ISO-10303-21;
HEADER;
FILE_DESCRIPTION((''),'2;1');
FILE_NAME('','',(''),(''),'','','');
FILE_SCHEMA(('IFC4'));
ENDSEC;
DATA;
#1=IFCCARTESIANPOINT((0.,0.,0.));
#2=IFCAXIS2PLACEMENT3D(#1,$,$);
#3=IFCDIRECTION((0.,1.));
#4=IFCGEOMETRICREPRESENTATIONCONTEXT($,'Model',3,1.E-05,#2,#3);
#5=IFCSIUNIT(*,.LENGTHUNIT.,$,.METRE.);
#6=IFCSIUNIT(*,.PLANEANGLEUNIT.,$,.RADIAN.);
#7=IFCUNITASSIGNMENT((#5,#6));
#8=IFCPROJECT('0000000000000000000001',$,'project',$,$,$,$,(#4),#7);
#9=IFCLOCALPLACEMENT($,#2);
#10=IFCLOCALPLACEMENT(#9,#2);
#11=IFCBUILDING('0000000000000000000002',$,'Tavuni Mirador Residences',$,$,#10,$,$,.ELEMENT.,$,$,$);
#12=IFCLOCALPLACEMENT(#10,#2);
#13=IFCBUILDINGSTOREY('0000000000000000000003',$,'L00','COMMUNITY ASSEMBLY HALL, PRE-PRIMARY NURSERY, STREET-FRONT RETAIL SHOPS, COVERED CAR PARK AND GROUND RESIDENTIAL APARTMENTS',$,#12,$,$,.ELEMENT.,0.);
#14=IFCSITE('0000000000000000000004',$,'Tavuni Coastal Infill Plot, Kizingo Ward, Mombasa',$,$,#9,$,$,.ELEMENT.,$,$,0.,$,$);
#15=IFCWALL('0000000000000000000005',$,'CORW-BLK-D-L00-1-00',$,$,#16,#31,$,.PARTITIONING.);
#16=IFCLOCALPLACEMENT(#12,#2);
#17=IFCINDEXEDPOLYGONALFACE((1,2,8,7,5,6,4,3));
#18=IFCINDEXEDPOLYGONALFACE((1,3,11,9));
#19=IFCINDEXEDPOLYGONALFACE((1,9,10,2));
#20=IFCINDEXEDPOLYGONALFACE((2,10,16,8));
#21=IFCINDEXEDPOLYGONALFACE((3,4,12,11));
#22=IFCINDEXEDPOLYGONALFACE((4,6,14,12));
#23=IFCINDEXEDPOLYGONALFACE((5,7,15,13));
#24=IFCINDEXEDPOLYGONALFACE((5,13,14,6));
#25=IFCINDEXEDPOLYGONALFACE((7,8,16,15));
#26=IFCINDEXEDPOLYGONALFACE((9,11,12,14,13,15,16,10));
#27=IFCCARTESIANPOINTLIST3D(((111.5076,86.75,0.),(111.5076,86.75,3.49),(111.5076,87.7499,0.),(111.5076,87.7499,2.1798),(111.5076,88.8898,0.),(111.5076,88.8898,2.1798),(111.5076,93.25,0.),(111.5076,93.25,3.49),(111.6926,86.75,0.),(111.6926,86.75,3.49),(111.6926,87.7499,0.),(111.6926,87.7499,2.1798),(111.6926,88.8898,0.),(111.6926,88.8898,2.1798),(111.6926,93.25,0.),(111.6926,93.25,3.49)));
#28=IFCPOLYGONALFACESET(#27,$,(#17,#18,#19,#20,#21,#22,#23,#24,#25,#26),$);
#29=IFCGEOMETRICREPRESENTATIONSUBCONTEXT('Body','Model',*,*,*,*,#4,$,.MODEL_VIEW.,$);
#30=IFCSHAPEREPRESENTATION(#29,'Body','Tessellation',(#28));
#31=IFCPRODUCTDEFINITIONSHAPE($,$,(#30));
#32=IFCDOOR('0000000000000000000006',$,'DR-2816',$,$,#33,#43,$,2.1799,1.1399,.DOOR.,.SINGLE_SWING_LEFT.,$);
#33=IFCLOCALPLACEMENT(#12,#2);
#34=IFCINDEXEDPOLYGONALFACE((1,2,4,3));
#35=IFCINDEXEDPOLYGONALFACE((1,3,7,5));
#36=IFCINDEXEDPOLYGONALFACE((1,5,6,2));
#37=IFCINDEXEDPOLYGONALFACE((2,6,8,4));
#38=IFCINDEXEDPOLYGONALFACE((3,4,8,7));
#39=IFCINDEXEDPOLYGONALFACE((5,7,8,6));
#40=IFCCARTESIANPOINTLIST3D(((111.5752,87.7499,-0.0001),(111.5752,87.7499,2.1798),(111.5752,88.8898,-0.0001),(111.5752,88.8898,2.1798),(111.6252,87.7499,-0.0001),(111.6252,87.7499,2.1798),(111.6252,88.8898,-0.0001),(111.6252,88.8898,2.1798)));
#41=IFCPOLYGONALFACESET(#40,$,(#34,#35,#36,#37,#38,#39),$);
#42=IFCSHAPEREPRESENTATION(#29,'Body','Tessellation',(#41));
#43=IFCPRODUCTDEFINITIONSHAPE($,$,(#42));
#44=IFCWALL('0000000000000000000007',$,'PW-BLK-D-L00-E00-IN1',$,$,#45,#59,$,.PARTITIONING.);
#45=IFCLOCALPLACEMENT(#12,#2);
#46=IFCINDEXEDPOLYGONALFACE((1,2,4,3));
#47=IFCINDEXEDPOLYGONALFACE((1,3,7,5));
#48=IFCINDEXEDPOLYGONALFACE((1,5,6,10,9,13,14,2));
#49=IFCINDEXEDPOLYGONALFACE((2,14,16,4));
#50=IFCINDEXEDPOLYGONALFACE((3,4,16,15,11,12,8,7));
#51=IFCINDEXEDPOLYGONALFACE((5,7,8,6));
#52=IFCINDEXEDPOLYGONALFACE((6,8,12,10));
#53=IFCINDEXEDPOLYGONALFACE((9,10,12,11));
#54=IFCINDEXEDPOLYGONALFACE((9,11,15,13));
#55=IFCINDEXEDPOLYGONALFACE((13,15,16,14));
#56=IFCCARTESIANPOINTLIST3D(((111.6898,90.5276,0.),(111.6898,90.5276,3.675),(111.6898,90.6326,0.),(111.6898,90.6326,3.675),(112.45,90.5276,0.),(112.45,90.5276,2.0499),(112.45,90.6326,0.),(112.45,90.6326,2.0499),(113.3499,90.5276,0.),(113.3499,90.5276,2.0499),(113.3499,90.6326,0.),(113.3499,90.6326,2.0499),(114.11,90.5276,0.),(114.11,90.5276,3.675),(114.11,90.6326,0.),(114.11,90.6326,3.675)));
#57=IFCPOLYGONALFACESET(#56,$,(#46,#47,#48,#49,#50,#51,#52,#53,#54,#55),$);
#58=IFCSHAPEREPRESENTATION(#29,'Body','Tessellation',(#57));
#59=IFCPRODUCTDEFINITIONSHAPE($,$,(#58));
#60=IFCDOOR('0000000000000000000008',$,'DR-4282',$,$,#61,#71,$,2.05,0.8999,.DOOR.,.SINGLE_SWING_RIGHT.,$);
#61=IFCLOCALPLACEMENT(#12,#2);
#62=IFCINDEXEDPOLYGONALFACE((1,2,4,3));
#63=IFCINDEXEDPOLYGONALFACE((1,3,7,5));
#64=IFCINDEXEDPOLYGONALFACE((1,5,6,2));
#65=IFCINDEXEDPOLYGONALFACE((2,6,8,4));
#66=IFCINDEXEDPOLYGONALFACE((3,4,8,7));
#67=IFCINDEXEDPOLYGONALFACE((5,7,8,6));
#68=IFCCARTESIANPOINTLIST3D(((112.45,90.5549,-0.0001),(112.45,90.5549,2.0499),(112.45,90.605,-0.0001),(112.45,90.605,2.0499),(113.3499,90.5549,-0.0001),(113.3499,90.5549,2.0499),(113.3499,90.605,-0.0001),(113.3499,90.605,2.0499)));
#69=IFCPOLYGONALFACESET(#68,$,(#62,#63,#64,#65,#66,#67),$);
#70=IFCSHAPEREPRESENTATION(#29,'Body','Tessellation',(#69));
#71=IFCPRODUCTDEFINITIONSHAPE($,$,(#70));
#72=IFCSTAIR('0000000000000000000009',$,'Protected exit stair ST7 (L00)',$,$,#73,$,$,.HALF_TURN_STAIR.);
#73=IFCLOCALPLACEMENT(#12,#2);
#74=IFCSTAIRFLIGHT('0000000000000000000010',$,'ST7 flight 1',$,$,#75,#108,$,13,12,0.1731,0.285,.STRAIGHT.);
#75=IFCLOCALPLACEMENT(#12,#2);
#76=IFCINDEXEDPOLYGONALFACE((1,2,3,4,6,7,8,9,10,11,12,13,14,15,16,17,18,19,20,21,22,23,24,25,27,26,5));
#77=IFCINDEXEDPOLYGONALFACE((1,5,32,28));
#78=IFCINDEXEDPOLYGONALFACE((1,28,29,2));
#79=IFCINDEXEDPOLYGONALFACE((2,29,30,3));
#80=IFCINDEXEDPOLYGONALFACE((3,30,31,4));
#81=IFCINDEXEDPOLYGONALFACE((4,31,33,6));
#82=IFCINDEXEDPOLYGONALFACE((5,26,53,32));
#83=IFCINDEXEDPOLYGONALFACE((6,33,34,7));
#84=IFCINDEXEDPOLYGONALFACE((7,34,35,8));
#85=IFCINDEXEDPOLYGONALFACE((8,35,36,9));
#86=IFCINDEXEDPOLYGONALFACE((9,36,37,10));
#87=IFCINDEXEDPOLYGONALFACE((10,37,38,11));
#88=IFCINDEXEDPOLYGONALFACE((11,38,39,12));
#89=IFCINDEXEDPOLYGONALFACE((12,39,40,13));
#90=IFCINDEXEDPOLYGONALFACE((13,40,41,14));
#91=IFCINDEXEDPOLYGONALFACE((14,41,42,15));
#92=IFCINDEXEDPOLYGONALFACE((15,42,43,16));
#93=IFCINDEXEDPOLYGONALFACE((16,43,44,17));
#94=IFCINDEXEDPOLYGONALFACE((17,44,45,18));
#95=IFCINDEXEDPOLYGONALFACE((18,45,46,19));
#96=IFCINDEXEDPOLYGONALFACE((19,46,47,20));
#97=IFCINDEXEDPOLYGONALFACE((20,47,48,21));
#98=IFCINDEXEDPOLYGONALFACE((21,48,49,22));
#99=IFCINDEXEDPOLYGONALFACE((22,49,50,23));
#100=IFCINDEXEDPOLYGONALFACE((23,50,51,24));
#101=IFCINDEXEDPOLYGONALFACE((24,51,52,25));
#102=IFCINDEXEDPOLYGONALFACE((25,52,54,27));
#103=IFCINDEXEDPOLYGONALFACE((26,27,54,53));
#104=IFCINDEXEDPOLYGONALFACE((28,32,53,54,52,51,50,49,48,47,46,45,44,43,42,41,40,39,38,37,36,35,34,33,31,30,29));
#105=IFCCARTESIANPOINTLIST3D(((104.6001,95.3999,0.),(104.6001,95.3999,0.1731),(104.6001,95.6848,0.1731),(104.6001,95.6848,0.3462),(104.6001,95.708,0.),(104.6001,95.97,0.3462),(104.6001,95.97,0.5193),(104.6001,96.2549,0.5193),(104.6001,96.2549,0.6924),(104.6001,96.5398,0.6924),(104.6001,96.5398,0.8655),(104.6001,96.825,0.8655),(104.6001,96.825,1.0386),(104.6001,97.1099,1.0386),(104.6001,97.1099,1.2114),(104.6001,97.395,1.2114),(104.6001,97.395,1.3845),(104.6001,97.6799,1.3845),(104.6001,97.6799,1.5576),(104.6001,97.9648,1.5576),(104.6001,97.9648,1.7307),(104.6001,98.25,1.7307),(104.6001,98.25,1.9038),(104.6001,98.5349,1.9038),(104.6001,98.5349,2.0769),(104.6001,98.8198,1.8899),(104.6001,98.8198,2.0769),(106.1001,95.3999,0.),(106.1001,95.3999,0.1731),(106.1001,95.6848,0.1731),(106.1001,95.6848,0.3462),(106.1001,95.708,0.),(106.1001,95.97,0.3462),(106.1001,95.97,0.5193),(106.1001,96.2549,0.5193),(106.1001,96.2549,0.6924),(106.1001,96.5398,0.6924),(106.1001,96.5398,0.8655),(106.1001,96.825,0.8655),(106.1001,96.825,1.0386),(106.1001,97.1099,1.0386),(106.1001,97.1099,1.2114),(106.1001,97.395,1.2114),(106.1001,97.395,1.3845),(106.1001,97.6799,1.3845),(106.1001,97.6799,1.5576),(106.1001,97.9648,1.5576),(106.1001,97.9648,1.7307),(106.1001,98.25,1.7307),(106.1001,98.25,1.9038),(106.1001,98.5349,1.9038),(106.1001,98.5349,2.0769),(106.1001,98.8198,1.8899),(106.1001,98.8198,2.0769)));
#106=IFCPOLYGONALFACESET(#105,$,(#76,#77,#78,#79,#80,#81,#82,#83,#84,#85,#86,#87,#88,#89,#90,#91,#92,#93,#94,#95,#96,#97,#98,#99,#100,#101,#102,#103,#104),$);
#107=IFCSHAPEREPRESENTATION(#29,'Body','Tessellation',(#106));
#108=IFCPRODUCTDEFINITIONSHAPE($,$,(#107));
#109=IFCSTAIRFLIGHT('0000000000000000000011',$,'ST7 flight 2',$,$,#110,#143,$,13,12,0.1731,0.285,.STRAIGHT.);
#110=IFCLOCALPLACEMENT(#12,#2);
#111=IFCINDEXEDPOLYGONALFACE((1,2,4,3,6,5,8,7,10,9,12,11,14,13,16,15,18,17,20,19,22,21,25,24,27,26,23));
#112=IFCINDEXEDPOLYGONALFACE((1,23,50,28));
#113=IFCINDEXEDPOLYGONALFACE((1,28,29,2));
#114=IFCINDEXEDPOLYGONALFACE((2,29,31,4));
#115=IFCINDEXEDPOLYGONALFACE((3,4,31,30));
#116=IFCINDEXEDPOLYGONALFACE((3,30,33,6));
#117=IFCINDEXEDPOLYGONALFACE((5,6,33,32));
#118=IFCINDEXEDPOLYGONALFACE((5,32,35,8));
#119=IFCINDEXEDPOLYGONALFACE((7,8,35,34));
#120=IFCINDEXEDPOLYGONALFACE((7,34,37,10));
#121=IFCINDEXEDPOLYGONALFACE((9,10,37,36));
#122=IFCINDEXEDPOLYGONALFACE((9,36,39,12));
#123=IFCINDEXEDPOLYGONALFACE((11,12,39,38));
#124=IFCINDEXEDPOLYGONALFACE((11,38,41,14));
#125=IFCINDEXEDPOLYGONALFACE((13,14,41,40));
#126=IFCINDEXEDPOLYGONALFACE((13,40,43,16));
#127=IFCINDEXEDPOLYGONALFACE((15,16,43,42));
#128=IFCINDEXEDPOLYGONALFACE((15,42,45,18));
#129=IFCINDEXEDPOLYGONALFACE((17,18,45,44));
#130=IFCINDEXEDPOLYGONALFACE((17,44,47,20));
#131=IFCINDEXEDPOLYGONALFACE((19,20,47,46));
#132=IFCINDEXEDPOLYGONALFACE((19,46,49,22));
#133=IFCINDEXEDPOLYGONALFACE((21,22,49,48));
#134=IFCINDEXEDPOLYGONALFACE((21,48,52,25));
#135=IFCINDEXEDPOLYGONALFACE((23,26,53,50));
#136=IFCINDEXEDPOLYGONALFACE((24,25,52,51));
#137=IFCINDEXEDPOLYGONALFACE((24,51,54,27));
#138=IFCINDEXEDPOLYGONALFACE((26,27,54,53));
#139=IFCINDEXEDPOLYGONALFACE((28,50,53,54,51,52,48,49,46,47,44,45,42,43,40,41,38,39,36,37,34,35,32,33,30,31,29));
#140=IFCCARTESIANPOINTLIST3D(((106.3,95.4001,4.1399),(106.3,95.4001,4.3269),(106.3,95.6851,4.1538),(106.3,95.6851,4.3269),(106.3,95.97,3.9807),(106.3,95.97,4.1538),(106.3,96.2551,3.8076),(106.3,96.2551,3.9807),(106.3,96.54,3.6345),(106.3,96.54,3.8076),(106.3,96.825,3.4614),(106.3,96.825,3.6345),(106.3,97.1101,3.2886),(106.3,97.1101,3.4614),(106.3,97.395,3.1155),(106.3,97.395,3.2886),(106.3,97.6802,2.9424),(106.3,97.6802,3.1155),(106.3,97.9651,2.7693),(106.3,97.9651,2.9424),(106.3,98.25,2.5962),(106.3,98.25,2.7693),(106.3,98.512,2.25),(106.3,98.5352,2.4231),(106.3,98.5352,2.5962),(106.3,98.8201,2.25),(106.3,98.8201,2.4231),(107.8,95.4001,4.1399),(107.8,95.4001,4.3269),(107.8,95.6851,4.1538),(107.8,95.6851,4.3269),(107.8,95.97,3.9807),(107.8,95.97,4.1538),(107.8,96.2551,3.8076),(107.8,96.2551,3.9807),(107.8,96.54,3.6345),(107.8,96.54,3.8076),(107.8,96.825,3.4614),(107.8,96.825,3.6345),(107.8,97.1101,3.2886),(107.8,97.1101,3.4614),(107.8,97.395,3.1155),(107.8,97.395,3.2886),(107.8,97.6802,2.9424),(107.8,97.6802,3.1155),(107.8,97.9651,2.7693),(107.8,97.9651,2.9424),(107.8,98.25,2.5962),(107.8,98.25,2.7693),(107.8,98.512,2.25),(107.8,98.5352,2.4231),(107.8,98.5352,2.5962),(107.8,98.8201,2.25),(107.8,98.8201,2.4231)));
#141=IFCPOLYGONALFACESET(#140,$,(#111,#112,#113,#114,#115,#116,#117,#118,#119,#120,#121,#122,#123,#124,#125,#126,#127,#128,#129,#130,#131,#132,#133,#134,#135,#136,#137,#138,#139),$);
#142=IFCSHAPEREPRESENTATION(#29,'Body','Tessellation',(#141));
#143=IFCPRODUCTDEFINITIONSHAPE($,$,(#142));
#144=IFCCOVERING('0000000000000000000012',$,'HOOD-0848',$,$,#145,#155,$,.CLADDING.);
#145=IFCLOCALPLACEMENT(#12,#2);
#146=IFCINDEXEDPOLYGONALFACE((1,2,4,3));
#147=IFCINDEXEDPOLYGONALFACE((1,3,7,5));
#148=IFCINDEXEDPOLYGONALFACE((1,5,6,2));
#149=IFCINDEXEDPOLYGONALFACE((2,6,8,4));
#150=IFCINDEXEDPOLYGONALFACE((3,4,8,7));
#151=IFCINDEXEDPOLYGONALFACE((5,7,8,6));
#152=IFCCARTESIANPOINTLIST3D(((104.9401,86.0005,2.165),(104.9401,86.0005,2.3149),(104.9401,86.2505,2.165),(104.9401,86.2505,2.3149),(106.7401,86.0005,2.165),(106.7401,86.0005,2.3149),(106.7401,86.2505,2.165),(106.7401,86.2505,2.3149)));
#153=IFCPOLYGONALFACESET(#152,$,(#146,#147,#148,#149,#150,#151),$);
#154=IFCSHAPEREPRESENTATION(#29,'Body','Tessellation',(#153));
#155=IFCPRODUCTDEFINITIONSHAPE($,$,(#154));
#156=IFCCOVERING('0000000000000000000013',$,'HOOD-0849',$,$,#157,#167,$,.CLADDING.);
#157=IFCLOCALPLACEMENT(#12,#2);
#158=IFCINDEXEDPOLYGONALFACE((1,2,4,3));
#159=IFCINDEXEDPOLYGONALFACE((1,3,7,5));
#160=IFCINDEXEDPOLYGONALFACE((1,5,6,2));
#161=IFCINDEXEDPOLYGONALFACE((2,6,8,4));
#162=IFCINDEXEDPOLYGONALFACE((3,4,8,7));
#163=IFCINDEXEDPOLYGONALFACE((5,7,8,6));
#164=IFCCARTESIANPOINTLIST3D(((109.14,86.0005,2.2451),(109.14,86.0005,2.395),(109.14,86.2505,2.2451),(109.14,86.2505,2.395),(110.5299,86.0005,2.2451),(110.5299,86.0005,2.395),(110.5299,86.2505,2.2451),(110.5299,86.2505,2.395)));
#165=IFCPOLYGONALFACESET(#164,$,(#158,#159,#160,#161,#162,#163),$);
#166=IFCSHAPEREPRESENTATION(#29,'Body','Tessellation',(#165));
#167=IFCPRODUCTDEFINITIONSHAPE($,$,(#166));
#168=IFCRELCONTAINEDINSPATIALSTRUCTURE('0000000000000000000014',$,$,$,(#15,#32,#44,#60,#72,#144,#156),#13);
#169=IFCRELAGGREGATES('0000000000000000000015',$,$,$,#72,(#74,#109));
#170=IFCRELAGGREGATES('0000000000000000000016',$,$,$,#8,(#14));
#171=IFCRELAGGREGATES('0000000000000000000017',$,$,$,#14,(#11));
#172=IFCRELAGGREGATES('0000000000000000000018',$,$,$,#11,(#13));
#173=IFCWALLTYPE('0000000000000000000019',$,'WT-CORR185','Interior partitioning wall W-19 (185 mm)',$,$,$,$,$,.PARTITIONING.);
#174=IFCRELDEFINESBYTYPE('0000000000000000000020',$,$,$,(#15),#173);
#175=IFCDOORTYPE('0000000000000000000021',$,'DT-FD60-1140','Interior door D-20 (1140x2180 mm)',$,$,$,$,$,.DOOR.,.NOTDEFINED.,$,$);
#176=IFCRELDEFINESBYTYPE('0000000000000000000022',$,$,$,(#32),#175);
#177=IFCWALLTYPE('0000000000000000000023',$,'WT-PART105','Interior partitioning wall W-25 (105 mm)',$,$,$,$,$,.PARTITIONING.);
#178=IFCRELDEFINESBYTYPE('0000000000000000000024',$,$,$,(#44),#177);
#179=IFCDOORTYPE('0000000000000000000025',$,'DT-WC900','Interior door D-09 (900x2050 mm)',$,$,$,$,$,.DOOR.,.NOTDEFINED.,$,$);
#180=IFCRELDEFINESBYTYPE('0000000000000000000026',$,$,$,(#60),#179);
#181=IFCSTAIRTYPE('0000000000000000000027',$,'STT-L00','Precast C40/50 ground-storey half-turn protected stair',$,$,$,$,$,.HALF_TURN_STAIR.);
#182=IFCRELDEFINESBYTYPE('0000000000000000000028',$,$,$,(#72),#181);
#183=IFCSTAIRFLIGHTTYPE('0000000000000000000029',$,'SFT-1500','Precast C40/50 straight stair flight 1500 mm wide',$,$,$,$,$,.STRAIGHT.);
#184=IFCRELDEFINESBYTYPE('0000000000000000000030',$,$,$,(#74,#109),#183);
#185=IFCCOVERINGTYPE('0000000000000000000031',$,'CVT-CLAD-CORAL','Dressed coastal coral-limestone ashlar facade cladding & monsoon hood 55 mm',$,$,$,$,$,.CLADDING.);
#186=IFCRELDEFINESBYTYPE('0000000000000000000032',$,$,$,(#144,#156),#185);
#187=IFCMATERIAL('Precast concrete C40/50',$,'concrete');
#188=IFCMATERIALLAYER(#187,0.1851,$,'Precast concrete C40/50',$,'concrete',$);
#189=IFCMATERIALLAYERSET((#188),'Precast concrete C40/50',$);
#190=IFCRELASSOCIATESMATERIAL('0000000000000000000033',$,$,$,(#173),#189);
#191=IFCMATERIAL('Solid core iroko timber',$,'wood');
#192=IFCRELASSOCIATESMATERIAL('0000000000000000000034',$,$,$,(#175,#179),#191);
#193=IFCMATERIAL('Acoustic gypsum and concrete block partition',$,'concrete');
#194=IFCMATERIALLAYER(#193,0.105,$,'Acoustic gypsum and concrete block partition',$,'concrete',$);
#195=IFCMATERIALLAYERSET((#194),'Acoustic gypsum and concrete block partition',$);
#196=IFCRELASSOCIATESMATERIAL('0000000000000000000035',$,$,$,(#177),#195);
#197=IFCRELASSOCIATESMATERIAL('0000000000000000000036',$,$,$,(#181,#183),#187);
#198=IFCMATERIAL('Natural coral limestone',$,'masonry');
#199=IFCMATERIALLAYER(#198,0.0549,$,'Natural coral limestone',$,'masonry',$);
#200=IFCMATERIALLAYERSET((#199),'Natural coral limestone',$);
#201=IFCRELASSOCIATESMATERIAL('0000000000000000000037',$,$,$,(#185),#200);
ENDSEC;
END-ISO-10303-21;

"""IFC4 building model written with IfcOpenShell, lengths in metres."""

from ifc_helpers import new_model, si_unit, direction, frame, frame_2d, origin, origin_2d, place, context, subcontext, project, spatial, polyline, rectangle, outline, extrude, material, layer, layer_set, type_object, element, fill, aggregate, save


model = new_model("IFC4")

# Units and contexts
model_context = context("Model", 3, precision=1e-05, world=origin(), true_north=direction((0.0, 1.0)))
body_context = subcontext(model_context, "Body", "Model", "MODEL_VIEW")
ifc_project = project(units=[si_unit("LENGTHUNIT", "METRE"), si_unit("PLANEANGLEUNIT", "RADIAN")], contexts=[model_context])

# Site, building, storey
site_placement = place(None, origin())
site = spatial("IfcSite", under=ifc_project, at=site_placement, Name="Tavuni Coastal Infill Plot, Kizingo Ward, Mombasa", CompositionType="ELEMENT", RefElevation=0.0)
building_placement = place(site_placement, origin())
building = spatial("IfcBuilding", under=site, at=building_placement, Name="Tavuni Mirador Residences", CompositionType="ELEMENT")
storey_placement = place(building_placement, origin())
storey = spatial("IfcBuildingStorey", under=building, at=storey_placement, Name="L00", Description="COMMUNITY ASSEMBLY HALL, PRE-PRIMARY NURSERY, STREET-FRONT RETAIL SHOPS, COVERED CAR PARK AND GROUND RESIDENTIAL APARTMENTS", CompositionType="ELEMENT", Elevation=0.0)

# Shared definitions
ifc_material_1 = material(Name="Precast concrete C40/50", Category="concrete")

# Shared definitions
ifc_material_2 = material(Name="Solid core iroko timber", Category="wood")

# Walls, openings, doors
ifc_layer_1 = layer(ifc_material_1, 0.1851, Name="Precast concrete C40/50", Category="concrete")
ifc_layer_set_1 = layer_set([ifc_layer_1], Name="Precast concrete C40/50")
wall_type_1 = type_object("IfcWallType", Name="WT-CORR185", Description="Interior partitioning wall W-19 (185 mm)", PredefinedType="PARTITIONING", material=ifc_layer_set_1)
wall_1_placement = place(storey_placement, frame((111.6001, 86.75, 0.0), z_axis=(0.0, 0.0, 1.0), x_axis=(0.0, 1.0, 0.0)))
wall_1 = element("IfcWall", 1, at=wall_1_placement, inside=storey, type_object=wall_type_1, Name="CORW-BLK-D-L00-1-00", PredefinedType="PARTITIONING", context=body_context, shape_type="SweptSolid", body=[
    extrude(rectangle(XDim=6.5, YDim=0.1851, at=frame_2d((3.25, 0.0))), origin(), (0.0, 0.0, 1.0), 3.49),
])
opening_1_placement = place(wall_1_placement, frame((1.0, 0.0, 0.0)))
opening_1 = element("IfcOpeningElement", 2, at=opening_1_placement, cuts=wall_1, PredefinedType="OPENING", context=body_context, shape_type="SweptSolid", body=[
    extrude(rectangle(XDim=1.1399, YDim=2.1799, at=frame_2d((0.5698, 1.0898))), frame((0.0, 0.1025, 0.0), z_axis=(0.0, -1.0, 0.0), x_axis=(1.0, 0.0, 0.0)), (0.0, 0.0, 1.0), 0.2051),
])
door_type_1 = type_object("IfcDoorType", Name="DT-FD60-1140", Description="Interior door D-20 (1140x2180 mm)", OperationType="NOTDEFINED", PredefinedType="DOOR", material=ifc_material_2)
door_1_placement = place(opening_1_placement, origin())
door_1 = element("IfcDoor", 3, at=door_1_placement, inside=storey, type_object=door_type_1, Name="DR-2816", OperationType="SINGLE_SWING_LEFT", OverallHeight=2.1799, OverallWidth=1.1399, PredefinedType="DOOR", context=body_context, shape_type="SweptSolid", body=[
    extrude(rectangle(XDim=1.1399, YDim=2.1799, at=frame_2d((0.5698, 1.0898))), frame((0.0, 0.0249, 0.0), z_axis=(0.0, -1.0, 0.0), x_axis=(1.0, 0.0, 0.0)), (0.0, 0.0, 1.0), 0.05),
])
fill(opening_1, door_1)
ifc_material_3 = material(Name="Acoustic gypsum and concrete block partition", Category="concrete")
ifc_layer_2 = layer(ifc_material_3, 0.105, Name="Acoustic gypsum and concrete block partition", Category="concrete")
ifc_layer_set_2 = layer_set([ifc_layer_2], Name="Acoustic gypsum and concrete block partition")
wall_type_2 = type_object("IfcWallType", Name="WT-PART105", Description="Interior partitioning wall W-25 (105 mm)", PredefinedType="PARTITIONING", material=ifc_layer_set_2)
wall_2_placement = place(storey_placement, frame((111.6899, 90.5801, 0.0), z_axis=(0.0, 0.0, 1.0), x_axis=(1.0, 0.0, 0.0)))
wall_2 = element("IfcWall", 4, at=wall_2_placement, inside=storey, type_object=wall_type_2, Name="PW-BLK-D-L00-E00-IN1", PredefinedType="PARTITIONING", context=body_context, shape_type="SweptSolid", body=[
    extrude(rectangle(XDim=2.4202, YDim=0.105, at=frame_2d((1.21, 0.0))), origin(), (0.0, 0.0, 1.0), 3.675),
])
opening_2_placement = place(wall_2_placement, frame((0.76, 0.0, 0.0)))
opening_2 = element("IfcOpeningElement", 5, at=opening_2_placement, cuts=wall_2, PredefinedType="OPENING", context=body_context, shape_type="SweptSolid", body=[
    extrude(rectangle(XDim=0.8999, YDim=2.05, at=frame_2d((0.45, 1.0249))), frame((0.0, 0.0625, 0.0), z_axis=(0.0, -1.0, 0.0), x_axis=(1.0, 0.0, 0.0)), (0.0, 0.0, 1.0), 0.125),
])
door_type_2 = type_object("IfcDoorType", Name="DT-WC900", Description="Interior door D-09 (900x2050 mm)", OperationType="NOTDEFINED", PredefinedType="DOOR", material=ifc_material_2)
door_2_placement = place(opening_2_placement, origin())
door_2 = element("IfcDoor", 6, at=door_2_placement, inside=storey, type_object=door_type_2, Name="DR-4282", OperationType="SINGLE_SWING_RIGHT", OverallHeight=2.05, OverallWidth=0.8999, PredefinedType="DOOR", context=body_context, shape_type="SweptSolid", body=[
    extrude(rectangle(XDim=0.8999, YDim=2.05, at=frame_2d((0.45, 1.0249))), frame((0.0, 0.0249, 0.0), z_axis=(0.0, -1.0, 0.0), x_axis=(1.0, 0.0, 0.0)), (0.0, 0.0, 1.0), 0.05),
])
fill(opening_2, door_2)

# Stair, stair flights
stair_type = type_object("IfcStairType", Name="STT-L00", Description="Precast C40/50 ground-storey half-turn protected stair", PredefinedType="HALF_TURN_STAIR", material=ifc_material_1)
stair_placement = place(storey_placement, origin())
stair = element("IfcStair", 7, at=stair_placement, inside=storey, type_object=stair_type, Name="Protected exit stair ST7 (L00)", PredefinedType="HALF_TURN_STAIR")
stair_flight_type = type_object("IfcStairFlightType", Name="SFT-1500", Description="Precast C40/50 straight stair flight 1500 mm wide", PredefinedType="STRAIGHT", material=ifc_material_1)
stair_flight_1_placement = place(storey_placement, frame((105.3501, 95.3999, 0.0), z_axis=(0.0, 0.0, 1.0), x_axis=(0.0, 1.0, 0.0)))
stair_flight_1 = element("IfcStairFlight", 8, at=stair_flight_1_placement, type_object=stair_flight_type, Name="ST7 flight 1", NumberOfRisers=13, NumberOfTreads=12, PredefinedType="STRAIGHT", RiserHeight=0.1731, TreadLength=0.285, context=body_context, shape_type="SweptSolid", body=[
    extrude(outline(polyline([(0.0, 0.0), (0.0, 0.1731), (0.2849, 0.1731), (0.2849, 0.3462), (0.5701, 0.3462), (0.5701, 0.5193), (0.855, 0.5193), (0.855, 0.6924), (1.1399, 0.6924), (1.1399, 0.8655), (1.425, 0.8655), (1.425, 1.0386), (1.71, 1.0386), (1.71, 1.2114), (1.9951, 1.2114), (1.9951, 1.3845), (2.28, 1.3845), (2.28, 1.5576), (2.5649, 1.5576), (2.5649, 1.7307), (2.8501, 1.7307), (2.8501, 1.9038), (3.135, 1.9038), (3.135, 2.0769), (3.4199, 2.0769), (3.4199, 2.25), (3.4199, 1.8899), (0.3081, 0.0), (0.0, 0.0)])), frame((0.0, 0.75, 0.0), z_axis=(0.0, -1.0, 0.0), x_axis=(1.0, 0.0, 0.0)), (0.0, 0.0, 1.0), 1.5),
])
stair_flight_2_placement = place(storey_placement, frame((107.05, 98.8201, 2.25), z_axis=(0.0, 0.0, 1.0), x_axis=(0.0, -1.0, 0.0)))
stair_flight_2 = element("IfcStairFlight", 9, at=stair_flight_2_placement, type_object=stair_flight_type, Name="ST7 flight 2", NumberOfRisers=13, NumberOfTreads=12, PredefinedType="STRAIGHT", RiserHeight=0.1731, TreadLength=0.285, context=body_context, shape_type="SweptSolid", body=[
    extrude(outline(polyline([(0.0, 0.0), (0.0, 0.1731), (0.2849, 0.1731), (0.2849, 0.3462), (0.5701, 0.3462), (0.5701, 0.5193), (0.855, 0.5193), (0.855, 0.6924), (1.1399, 0.6924), (1.1399, 0.8655), (1.425, 0.8655), (1.425, 1.0386), (1.71, 1.0386), (1.71, 1.2114), (1.9951, 1.2114), (1.9951, 1.3845), (2.28, 1.3845), (2.28, 1.5576), (2.5649, 1.5576), (2.5649, 1.7307), (2.8501, 1.7307), (2.8501, 1.9038), (3.135, 1.9038), (3.135, 2.0769), (3.4199, 2.0769), (3.4199, 2.25), (3.4199, 1.8899), (0.3081, 0.0), (0.0, 0.0)])), frame((0.0, 0.75, 0.0), z_axis=(0.0, -1.0, 0.0), x_axis=(1.0, 0.0, 0.0)), (0.0, 0.0, 1.0), 1.5),
])
aggregate(stair, [stair_flight_1, stair_flight_2])

# Coverings
ifc_material_4 = material(Name="Natural coral limestone", Category="masonry")
ifc_layer_3 = layer(ifc_material_4, 0.0549, Name="Natural coral limestone", Category="masonry")
ifc_layer_set_3 = layer_set([ifc_layer_3], Name="Natural coral limestone")
covering_type = type_object("IfcCoveringType", Name="CVT-CLAD-CORAL", Description="Dressed coastal coral-limestone ashlar facade cladding & monsoon hood 55 mm", PredefinedType="CLADDING", material=ifc_layer_set_3)
covering_1_placement = place(storey_placement, frame((105.8401, 86.1255, 2.165), z_axis=(0.0, 0.0, 1.0), x_axis=(1.0, 0.0, 0.0)))
element("IfcCovering", 10, at=covering_1_placement, inside=storey, type_object=covering_type, Name="HOOD-0848", PredefinedType="CLADDING", context=body_context, shape_type="SweptSolid", body=[
    extrude(rectangle(XDim=1.8, YDim=0.25, at=origin_2d()), origin(), (0.0, 0.0, 1.0), 0.1499),
])
covering_2_placement = place(storey_placement, frame((109.835, 86.1255, 2.2451), z_axis=(0.0, 0.0, 1.0), x_axis=(1.0, 0.0, 0.0)))
element("IfcCovering", 11, at=covering_2_placement, inside=storey, type_object=covering_type, Name="HOOD-0849", PredefinedType="CLADDING", context=body_context, shape_type="SweptSolid", body=[
    extrude(rectangle(XDim=1.3899, YDim=0.25, at=origin_2d()), origin(), (0.0, 0.0, 1.0), 0.1499),
])

save(model, "model.ifc")
